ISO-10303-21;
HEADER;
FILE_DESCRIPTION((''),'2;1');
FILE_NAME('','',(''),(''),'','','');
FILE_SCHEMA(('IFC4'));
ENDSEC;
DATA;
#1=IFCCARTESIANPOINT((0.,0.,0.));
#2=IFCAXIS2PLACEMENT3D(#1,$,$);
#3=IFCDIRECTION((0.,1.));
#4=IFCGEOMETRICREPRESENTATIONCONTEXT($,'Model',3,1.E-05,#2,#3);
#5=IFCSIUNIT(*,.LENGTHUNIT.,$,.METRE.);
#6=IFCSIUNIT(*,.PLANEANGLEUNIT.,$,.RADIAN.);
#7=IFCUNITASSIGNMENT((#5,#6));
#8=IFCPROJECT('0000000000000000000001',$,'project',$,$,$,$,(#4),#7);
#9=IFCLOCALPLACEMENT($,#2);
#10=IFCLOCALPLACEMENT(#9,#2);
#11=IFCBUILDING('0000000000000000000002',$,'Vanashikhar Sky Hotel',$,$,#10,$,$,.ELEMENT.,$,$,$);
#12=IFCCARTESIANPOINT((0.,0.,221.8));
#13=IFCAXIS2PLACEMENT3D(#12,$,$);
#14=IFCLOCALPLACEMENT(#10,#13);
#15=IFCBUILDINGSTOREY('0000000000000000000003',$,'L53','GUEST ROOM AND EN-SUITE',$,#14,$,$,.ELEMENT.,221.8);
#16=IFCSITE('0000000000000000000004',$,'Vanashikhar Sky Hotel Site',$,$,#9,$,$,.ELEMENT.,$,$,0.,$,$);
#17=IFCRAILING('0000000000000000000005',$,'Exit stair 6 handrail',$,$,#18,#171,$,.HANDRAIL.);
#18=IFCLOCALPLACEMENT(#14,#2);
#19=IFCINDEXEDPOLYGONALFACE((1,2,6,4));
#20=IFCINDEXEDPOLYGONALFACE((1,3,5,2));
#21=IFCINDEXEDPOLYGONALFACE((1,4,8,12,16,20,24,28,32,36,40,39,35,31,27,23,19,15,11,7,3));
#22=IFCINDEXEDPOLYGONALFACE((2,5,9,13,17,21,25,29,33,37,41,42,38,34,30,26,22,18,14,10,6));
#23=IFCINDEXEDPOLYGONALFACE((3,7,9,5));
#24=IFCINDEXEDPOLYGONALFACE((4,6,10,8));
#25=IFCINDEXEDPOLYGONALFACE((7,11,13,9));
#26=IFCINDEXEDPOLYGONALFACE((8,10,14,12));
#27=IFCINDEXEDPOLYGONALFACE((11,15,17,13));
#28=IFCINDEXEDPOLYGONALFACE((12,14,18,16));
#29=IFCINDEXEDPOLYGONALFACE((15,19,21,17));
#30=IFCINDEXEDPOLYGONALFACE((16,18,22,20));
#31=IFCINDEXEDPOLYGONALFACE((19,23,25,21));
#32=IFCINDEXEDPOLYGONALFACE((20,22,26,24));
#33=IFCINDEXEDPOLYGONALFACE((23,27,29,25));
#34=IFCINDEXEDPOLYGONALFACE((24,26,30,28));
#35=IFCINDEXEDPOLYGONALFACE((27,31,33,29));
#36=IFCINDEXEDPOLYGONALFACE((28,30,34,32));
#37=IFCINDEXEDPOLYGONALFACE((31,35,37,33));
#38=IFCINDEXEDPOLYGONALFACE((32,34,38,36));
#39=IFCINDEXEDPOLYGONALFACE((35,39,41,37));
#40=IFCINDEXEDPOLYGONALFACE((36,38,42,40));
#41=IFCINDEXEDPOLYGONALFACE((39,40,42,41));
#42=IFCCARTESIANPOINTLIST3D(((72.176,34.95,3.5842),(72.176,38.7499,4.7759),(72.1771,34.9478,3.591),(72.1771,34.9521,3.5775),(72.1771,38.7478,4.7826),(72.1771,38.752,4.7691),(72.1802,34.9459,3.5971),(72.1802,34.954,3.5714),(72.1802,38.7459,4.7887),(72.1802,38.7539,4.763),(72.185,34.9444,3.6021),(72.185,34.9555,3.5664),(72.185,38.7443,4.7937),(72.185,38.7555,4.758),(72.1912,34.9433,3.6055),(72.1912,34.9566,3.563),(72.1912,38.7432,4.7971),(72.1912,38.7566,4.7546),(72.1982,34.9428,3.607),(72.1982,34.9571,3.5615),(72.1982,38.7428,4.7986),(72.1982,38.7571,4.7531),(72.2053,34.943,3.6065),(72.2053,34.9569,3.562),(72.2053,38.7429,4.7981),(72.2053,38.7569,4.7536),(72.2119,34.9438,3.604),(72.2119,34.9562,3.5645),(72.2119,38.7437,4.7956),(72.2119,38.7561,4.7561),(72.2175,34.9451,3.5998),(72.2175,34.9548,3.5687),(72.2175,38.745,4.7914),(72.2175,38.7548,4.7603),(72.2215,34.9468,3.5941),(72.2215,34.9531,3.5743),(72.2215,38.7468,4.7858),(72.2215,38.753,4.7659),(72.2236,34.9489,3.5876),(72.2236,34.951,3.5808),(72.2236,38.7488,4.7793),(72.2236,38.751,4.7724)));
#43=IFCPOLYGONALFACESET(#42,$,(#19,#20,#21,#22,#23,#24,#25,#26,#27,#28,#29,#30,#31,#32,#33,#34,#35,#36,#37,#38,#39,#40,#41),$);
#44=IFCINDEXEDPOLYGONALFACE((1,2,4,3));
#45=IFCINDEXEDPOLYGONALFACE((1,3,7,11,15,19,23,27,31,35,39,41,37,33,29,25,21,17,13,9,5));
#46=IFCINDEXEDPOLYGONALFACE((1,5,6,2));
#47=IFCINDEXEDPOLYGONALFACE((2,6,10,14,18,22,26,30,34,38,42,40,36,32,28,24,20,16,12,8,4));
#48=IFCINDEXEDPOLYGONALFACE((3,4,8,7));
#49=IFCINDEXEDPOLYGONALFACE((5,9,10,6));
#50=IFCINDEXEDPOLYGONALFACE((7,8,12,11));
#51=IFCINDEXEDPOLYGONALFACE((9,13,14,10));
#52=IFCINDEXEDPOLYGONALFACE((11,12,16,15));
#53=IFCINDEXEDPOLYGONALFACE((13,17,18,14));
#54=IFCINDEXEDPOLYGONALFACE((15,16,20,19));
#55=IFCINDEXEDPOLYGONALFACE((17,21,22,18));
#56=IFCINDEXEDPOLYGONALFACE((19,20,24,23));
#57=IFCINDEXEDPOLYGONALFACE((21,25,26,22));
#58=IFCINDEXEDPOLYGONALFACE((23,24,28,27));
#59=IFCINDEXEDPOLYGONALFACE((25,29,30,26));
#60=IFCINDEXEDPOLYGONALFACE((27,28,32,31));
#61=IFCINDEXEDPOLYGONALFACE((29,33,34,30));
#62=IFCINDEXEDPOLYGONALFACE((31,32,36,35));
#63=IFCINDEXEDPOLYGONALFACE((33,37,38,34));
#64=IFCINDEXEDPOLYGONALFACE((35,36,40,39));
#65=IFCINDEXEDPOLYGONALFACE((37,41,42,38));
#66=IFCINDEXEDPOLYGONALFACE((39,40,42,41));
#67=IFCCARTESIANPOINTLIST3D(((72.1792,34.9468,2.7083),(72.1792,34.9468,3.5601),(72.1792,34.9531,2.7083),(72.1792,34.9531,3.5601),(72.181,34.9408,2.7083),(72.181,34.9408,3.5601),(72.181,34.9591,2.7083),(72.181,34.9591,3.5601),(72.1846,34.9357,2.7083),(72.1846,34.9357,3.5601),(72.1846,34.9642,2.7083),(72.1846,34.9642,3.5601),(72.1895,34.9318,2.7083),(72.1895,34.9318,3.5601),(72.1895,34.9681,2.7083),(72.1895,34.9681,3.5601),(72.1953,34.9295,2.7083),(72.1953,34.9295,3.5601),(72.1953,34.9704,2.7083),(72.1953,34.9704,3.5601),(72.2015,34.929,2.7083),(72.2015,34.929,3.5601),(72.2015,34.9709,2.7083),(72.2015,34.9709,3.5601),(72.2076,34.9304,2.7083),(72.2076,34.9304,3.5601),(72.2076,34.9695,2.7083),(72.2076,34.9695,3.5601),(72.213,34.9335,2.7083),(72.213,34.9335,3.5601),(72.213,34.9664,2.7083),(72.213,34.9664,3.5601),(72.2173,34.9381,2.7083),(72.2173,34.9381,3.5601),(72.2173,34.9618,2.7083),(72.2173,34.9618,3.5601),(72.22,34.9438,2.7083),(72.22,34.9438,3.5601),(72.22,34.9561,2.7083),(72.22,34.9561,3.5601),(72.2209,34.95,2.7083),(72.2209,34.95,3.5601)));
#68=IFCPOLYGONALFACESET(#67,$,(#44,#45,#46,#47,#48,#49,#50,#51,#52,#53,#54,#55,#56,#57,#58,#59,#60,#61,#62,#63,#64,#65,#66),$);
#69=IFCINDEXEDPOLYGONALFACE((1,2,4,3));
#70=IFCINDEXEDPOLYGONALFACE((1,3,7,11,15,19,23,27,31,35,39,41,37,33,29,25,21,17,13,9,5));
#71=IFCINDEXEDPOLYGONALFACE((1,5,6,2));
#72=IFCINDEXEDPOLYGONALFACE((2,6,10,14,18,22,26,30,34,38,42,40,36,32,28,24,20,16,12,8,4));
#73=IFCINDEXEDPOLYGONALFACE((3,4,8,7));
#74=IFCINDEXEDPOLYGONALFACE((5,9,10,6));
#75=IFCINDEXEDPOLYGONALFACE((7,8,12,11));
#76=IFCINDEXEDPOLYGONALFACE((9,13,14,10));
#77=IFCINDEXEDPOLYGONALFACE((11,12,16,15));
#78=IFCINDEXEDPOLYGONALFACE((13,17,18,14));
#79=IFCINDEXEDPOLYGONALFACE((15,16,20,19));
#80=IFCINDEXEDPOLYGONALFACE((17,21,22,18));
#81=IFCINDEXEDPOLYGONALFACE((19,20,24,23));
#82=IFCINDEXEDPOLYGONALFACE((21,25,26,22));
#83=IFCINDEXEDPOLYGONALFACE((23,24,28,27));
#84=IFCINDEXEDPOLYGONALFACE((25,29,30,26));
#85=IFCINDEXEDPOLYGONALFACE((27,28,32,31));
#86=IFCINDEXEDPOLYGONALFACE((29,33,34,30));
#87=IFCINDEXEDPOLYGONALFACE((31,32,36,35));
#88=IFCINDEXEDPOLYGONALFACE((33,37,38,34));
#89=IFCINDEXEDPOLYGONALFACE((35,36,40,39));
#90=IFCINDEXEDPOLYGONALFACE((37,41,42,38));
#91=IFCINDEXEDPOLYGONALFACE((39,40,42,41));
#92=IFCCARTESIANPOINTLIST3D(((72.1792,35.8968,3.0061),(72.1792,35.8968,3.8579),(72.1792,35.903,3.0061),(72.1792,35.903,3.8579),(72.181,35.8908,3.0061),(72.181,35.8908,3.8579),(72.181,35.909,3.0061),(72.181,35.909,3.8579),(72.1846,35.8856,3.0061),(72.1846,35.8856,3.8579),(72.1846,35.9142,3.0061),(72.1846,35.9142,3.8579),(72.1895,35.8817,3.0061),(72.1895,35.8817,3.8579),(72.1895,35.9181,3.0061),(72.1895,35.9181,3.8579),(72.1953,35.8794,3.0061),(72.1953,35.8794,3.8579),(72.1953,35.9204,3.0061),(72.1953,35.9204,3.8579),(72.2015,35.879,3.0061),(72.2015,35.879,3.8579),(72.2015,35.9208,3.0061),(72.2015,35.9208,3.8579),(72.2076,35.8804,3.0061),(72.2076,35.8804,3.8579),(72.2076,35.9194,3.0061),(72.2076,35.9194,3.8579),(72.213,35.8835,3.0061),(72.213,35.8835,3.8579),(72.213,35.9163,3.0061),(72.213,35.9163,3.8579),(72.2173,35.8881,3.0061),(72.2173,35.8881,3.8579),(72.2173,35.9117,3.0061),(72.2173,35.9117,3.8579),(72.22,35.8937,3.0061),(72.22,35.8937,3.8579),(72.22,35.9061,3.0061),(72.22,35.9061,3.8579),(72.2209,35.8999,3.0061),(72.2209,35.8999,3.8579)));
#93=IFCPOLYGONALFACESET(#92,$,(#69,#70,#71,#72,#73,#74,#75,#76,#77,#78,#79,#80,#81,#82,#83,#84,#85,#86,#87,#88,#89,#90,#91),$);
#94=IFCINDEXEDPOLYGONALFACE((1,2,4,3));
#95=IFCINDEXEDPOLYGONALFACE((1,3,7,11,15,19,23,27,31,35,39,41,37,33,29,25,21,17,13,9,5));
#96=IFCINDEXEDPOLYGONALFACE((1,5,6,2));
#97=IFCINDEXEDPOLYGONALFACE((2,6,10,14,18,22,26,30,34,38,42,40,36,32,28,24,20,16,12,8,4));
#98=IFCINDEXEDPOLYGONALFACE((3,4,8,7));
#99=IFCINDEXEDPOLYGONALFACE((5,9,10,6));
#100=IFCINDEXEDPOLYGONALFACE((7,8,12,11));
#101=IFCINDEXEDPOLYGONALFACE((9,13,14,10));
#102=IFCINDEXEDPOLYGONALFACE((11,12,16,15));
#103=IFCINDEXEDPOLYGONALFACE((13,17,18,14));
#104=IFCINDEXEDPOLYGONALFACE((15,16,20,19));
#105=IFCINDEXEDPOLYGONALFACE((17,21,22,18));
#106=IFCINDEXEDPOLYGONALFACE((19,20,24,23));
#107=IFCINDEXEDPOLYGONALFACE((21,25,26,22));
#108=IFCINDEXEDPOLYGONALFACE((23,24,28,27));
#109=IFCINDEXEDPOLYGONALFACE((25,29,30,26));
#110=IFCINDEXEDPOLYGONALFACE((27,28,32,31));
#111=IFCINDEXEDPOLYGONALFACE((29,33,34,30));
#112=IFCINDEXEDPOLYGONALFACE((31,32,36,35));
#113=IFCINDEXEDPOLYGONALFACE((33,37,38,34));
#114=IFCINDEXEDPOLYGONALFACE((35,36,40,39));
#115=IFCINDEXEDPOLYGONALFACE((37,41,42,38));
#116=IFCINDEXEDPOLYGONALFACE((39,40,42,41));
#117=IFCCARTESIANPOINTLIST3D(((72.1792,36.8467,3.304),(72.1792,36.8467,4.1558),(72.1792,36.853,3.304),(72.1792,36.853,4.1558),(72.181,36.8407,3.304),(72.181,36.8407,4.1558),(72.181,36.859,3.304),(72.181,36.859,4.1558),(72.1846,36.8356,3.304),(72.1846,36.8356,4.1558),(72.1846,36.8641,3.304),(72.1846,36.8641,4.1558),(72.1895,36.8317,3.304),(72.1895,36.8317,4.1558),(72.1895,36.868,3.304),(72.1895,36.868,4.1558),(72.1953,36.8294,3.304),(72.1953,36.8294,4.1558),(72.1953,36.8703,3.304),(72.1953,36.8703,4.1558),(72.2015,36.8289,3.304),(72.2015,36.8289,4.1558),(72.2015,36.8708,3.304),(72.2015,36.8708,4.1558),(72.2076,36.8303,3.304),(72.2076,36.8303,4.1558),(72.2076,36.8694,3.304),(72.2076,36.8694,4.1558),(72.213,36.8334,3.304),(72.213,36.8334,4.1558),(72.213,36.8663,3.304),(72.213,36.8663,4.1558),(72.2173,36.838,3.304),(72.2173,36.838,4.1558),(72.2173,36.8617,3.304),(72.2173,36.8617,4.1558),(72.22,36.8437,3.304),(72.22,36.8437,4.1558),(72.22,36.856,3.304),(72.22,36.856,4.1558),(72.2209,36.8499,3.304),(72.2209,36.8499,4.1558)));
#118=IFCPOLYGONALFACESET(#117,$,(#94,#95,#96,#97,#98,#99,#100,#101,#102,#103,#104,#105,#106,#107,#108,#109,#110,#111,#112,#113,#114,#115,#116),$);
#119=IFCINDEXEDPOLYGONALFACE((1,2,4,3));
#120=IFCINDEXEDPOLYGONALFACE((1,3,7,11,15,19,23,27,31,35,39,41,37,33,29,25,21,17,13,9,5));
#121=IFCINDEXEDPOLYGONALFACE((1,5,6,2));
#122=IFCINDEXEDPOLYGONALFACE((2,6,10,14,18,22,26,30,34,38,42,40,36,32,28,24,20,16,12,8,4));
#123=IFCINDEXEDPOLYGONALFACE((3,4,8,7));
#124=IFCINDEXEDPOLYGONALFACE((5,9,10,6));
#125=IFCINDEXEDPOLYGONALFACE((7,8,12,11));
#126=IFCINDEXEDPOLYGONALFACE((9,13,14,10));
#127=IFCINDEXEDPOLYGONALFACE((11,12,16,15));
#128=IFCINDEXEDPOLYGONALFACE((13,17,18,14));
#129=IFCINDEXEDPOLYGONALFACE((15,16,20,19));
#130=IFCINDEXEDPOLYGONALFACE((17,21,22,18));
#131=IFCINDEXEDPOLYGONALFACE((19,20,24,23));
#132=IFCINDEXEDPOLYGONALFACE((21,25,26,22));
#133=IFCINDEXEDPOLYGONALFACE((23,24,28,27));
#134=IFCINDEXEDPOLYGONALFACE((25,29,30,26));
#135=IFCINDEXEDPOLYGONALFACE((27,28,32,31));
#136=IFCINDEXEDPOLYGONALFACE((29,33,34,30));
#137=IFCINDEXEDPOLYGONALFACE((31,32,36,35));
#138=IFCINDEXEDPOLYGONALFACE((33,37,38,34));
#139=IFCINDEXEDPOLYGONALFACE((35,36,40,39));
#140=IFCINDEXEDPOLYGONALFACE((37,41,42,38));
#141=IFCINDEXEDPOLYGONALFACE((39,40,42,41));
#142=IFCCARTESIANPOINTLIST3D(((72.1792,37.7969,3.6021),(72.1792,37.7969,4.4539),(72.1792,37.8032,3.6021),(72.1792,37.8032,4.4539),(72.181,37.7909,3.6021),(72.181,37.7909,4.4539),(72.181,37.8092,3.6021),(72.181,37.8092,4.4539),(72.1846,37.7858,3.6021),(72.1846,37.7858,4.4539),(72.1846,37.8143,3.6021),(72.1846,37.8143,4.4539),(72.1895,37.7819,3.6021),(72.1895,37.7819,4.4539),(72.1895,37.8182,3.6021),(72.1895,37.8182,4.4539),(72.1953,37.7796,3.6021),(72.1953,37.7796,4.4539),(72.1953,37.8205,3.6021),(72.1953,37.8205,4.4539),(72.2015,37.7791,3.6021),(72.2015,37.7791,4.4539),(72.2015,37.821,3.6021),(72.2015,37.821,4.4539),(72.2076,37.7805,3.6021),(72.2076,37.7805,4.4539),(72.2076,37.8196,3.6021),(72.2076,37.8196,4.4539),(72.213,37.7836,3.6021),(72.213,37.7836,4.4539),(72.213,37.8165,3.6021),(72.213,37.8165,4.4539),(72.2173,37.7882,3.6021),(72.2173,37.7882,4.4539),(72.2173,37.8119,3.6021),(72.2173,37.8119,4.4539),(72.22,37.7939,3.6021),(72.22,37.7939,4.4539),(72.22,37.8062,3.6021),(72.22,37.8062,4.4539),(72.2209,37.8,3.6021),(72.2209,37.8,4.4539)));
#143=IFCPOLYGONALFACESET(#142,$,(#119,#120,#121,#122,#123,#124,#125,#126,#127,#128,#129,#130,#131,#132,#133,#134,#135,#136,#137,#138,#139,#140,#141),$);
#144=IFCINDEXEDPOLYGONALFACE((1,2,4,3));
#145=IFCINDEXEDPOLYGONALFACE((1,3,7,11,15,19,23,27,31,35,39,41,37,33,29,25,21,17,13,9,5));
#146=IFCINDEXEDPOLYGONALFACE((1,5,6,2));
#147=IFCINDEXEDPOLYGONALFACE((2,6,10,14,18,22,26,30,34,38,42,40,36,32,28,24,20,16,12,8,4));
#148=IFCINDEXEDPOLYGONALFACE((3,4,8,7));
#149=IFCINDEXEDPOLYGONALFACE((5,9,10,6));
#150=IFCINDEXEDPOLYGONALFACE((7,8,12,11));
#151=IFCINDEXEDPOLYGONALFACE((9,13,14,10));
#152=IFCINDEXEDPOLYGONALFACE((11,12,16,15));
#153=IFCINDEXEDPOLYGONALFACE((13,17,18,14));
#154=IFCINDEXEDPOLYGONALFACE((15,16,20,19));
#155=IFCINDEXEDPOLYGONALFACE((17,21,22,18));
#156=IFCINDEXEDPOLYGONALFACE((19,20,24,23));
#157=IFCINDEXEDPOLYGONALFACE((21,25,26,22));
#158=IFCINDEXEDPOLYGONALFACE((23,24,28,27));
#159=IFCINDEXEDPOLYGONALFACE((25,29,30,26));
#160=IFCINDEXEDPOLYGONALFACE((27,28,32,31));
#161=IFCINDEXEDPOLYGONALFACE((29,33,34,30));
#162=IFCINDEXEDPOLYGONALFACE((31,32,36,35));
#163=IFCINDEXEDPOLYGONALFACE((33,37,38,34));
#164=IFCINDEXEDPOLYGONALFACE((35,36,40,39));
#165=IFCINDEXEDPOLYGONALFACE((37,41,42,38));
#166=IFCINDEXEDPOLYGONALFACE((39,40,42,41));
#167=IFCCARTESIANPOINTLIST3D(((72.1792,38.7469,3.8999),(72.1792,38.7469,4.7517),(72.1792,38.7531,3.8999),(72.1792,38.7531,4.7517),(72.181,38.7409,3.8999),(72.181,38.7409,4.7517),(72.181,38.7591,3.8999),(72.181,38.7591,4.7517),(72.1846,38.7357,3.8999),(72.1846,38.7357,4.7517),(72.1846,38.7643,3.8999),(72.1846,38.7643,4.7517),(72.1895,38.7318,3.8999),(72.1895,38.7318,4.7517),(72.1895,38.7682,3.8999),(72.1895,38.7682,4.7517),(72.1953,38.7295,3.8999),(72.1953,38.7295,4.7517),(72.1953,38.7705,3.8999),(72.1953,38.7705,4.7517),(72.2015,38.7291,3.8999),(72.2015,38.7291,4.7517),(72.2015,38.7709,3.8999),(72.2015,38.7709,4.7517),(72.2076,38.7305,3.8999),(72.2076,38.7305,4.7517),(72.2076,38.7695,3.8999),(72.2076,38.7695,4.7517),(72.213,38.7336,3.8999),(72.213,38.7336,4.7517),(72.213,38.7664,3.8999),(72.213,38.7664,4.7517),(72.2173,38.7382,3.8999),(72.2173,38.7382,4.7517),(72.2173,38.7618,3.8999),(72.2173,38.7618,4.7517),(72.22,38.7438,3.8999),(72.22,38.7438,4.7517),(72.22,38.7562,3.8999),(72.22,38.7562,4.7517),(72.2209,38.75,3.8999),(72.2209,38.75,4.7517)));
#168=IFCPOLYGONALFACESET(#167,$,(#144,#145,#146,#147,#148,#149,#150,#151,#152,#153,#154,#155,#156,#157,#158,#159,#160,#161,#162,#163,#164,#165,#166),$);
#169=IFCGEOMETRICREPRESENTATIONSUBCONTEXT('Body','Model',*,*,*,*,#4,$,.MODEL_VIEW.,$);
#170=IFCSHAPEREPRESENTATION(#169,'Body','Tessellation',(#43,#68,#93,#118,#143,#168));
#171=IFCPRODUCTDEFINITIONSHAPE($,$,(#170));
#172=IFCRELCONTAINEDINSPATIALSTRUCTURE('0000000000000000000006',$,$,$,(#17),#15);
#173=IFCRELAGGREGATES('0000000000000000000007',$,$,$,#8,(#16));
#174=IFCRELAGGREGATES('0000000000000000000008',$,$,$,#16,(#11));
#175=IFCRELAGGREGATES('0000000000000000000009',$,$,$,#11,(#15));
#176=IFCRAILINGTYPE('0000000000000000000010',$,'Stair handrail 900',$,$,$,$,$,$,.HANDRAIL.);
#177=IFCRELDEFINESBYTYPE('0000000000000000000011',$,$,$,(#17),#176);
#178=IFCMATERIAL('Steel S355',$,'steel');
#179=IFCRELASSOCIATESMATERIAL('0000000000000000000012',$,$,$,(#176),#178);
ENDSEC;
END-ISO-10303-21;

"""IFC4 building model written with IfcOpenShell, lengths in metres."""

from ifc_helpers import new_model, si_unit, direction, frame, origin, origin_2d, place, context, subcontext, project, spatial, circle, extrude, source, transform, mapped, material, type_object, element, save


model = new_model("IFC4")

# Units and contexts
model_context = context("Model", 3, precision=1e-05, world=origin(), true_north=direction((0.0, 1.0)))
body_context = subcontext(model_context, "Body", "Model", "MODEL_VIEW")
ifc_project = project(units=[si_unit("LENGTHUNIT", "METRE"), si_unit("PLANEANGLEUNIT", "RADIAN")], contexts=[model_context])

# Site, building, storey
site_placement = place(None, origin())
site = spatial("IfcSite", under=ifc_project, at=site_placement, Name="Vanashikhar Sky Hotel Site", CompositionType="ELEMENT", RefElevation=0.0)
building_placement = place(site_placement, origin())
building = spatial("IfcBuilding", under=site, at=building_placement, Name="Vanashikhar Sky Hotel", CompositionType="ELEMENT")
storey_placement = place(building_placement, frame((0.0, 0.0, 221.8)))
storey = spatial("IfcBuildingStorey", under=building, at=storey_placement, Name="L53", Description="GUEST ROOM AND EN-SUITE", CompositionType="ELEMENT", Elevation=221.8)

# Railing
ifc_material_1 = material(Name="Steel S355", Category="steel")
railing_type_1 = type_object("IfcRailingType", Name="Stair handrail 900", PredefinedType="HANDRAIL", material=ifc_material_1)
shared_shape_1 = source(origin(), body_context, "Body", "SweptSolid", [
    extrude(circle(Radius=0.0239, at=origin_2d()), frame((0.0, 0.0, 0.876), z_axis=(0.0, 0.954184, 0.299221), x_axis=(-1.0, 0.0, 0.0)), (0.0, 0.0, 1.0), 3.9824),
    extrude(circle(Radius=0.021, at=origin_2d()), origin(), (0.0, 0.0, 1.0), 0.8518),
    extrude(circle(Radius=0.021, at=origin_2d()), frame((0.0, 0.95, 0.2979)), (0.0, 0.0, 1.0), 0.8518),
    extrude(circle(Radius=0.021, at=origin_2d()), frame((0.0, 1.8999, 0.5957)), (0.0, 0.0, 1.0), 0.8518),
    extrude(circle(Radius=0.021, at=origin_2d()), frame((0.0, 2.8501, 0.8938)), (0.0, 0.0, 1.0), 0.8518),
    extrude(circle(Radius=0.021, at=origin_2d()), frame((0.0, 3.8, 1.1917)), (0.0, 0.0, 1.0), 0.8518),
])
for number, where, name in (
    (1, (72.2, 34.95, 2.7083), "Exit stair 6 handrail"),
):
    element("IfcRailing", number, at=place(storey_placement, frame(where)), inside=storey, type_object=railing_type_1, Name=name, PredefinedType="HANDRAIL", context=body_context, shape_type="MappedRepresentation", body=[
        mapped(shared_shape_1, transform((0.0, 0.0, 0.0), scale=1.0)),
    ])

save(model, "model.ifc")
